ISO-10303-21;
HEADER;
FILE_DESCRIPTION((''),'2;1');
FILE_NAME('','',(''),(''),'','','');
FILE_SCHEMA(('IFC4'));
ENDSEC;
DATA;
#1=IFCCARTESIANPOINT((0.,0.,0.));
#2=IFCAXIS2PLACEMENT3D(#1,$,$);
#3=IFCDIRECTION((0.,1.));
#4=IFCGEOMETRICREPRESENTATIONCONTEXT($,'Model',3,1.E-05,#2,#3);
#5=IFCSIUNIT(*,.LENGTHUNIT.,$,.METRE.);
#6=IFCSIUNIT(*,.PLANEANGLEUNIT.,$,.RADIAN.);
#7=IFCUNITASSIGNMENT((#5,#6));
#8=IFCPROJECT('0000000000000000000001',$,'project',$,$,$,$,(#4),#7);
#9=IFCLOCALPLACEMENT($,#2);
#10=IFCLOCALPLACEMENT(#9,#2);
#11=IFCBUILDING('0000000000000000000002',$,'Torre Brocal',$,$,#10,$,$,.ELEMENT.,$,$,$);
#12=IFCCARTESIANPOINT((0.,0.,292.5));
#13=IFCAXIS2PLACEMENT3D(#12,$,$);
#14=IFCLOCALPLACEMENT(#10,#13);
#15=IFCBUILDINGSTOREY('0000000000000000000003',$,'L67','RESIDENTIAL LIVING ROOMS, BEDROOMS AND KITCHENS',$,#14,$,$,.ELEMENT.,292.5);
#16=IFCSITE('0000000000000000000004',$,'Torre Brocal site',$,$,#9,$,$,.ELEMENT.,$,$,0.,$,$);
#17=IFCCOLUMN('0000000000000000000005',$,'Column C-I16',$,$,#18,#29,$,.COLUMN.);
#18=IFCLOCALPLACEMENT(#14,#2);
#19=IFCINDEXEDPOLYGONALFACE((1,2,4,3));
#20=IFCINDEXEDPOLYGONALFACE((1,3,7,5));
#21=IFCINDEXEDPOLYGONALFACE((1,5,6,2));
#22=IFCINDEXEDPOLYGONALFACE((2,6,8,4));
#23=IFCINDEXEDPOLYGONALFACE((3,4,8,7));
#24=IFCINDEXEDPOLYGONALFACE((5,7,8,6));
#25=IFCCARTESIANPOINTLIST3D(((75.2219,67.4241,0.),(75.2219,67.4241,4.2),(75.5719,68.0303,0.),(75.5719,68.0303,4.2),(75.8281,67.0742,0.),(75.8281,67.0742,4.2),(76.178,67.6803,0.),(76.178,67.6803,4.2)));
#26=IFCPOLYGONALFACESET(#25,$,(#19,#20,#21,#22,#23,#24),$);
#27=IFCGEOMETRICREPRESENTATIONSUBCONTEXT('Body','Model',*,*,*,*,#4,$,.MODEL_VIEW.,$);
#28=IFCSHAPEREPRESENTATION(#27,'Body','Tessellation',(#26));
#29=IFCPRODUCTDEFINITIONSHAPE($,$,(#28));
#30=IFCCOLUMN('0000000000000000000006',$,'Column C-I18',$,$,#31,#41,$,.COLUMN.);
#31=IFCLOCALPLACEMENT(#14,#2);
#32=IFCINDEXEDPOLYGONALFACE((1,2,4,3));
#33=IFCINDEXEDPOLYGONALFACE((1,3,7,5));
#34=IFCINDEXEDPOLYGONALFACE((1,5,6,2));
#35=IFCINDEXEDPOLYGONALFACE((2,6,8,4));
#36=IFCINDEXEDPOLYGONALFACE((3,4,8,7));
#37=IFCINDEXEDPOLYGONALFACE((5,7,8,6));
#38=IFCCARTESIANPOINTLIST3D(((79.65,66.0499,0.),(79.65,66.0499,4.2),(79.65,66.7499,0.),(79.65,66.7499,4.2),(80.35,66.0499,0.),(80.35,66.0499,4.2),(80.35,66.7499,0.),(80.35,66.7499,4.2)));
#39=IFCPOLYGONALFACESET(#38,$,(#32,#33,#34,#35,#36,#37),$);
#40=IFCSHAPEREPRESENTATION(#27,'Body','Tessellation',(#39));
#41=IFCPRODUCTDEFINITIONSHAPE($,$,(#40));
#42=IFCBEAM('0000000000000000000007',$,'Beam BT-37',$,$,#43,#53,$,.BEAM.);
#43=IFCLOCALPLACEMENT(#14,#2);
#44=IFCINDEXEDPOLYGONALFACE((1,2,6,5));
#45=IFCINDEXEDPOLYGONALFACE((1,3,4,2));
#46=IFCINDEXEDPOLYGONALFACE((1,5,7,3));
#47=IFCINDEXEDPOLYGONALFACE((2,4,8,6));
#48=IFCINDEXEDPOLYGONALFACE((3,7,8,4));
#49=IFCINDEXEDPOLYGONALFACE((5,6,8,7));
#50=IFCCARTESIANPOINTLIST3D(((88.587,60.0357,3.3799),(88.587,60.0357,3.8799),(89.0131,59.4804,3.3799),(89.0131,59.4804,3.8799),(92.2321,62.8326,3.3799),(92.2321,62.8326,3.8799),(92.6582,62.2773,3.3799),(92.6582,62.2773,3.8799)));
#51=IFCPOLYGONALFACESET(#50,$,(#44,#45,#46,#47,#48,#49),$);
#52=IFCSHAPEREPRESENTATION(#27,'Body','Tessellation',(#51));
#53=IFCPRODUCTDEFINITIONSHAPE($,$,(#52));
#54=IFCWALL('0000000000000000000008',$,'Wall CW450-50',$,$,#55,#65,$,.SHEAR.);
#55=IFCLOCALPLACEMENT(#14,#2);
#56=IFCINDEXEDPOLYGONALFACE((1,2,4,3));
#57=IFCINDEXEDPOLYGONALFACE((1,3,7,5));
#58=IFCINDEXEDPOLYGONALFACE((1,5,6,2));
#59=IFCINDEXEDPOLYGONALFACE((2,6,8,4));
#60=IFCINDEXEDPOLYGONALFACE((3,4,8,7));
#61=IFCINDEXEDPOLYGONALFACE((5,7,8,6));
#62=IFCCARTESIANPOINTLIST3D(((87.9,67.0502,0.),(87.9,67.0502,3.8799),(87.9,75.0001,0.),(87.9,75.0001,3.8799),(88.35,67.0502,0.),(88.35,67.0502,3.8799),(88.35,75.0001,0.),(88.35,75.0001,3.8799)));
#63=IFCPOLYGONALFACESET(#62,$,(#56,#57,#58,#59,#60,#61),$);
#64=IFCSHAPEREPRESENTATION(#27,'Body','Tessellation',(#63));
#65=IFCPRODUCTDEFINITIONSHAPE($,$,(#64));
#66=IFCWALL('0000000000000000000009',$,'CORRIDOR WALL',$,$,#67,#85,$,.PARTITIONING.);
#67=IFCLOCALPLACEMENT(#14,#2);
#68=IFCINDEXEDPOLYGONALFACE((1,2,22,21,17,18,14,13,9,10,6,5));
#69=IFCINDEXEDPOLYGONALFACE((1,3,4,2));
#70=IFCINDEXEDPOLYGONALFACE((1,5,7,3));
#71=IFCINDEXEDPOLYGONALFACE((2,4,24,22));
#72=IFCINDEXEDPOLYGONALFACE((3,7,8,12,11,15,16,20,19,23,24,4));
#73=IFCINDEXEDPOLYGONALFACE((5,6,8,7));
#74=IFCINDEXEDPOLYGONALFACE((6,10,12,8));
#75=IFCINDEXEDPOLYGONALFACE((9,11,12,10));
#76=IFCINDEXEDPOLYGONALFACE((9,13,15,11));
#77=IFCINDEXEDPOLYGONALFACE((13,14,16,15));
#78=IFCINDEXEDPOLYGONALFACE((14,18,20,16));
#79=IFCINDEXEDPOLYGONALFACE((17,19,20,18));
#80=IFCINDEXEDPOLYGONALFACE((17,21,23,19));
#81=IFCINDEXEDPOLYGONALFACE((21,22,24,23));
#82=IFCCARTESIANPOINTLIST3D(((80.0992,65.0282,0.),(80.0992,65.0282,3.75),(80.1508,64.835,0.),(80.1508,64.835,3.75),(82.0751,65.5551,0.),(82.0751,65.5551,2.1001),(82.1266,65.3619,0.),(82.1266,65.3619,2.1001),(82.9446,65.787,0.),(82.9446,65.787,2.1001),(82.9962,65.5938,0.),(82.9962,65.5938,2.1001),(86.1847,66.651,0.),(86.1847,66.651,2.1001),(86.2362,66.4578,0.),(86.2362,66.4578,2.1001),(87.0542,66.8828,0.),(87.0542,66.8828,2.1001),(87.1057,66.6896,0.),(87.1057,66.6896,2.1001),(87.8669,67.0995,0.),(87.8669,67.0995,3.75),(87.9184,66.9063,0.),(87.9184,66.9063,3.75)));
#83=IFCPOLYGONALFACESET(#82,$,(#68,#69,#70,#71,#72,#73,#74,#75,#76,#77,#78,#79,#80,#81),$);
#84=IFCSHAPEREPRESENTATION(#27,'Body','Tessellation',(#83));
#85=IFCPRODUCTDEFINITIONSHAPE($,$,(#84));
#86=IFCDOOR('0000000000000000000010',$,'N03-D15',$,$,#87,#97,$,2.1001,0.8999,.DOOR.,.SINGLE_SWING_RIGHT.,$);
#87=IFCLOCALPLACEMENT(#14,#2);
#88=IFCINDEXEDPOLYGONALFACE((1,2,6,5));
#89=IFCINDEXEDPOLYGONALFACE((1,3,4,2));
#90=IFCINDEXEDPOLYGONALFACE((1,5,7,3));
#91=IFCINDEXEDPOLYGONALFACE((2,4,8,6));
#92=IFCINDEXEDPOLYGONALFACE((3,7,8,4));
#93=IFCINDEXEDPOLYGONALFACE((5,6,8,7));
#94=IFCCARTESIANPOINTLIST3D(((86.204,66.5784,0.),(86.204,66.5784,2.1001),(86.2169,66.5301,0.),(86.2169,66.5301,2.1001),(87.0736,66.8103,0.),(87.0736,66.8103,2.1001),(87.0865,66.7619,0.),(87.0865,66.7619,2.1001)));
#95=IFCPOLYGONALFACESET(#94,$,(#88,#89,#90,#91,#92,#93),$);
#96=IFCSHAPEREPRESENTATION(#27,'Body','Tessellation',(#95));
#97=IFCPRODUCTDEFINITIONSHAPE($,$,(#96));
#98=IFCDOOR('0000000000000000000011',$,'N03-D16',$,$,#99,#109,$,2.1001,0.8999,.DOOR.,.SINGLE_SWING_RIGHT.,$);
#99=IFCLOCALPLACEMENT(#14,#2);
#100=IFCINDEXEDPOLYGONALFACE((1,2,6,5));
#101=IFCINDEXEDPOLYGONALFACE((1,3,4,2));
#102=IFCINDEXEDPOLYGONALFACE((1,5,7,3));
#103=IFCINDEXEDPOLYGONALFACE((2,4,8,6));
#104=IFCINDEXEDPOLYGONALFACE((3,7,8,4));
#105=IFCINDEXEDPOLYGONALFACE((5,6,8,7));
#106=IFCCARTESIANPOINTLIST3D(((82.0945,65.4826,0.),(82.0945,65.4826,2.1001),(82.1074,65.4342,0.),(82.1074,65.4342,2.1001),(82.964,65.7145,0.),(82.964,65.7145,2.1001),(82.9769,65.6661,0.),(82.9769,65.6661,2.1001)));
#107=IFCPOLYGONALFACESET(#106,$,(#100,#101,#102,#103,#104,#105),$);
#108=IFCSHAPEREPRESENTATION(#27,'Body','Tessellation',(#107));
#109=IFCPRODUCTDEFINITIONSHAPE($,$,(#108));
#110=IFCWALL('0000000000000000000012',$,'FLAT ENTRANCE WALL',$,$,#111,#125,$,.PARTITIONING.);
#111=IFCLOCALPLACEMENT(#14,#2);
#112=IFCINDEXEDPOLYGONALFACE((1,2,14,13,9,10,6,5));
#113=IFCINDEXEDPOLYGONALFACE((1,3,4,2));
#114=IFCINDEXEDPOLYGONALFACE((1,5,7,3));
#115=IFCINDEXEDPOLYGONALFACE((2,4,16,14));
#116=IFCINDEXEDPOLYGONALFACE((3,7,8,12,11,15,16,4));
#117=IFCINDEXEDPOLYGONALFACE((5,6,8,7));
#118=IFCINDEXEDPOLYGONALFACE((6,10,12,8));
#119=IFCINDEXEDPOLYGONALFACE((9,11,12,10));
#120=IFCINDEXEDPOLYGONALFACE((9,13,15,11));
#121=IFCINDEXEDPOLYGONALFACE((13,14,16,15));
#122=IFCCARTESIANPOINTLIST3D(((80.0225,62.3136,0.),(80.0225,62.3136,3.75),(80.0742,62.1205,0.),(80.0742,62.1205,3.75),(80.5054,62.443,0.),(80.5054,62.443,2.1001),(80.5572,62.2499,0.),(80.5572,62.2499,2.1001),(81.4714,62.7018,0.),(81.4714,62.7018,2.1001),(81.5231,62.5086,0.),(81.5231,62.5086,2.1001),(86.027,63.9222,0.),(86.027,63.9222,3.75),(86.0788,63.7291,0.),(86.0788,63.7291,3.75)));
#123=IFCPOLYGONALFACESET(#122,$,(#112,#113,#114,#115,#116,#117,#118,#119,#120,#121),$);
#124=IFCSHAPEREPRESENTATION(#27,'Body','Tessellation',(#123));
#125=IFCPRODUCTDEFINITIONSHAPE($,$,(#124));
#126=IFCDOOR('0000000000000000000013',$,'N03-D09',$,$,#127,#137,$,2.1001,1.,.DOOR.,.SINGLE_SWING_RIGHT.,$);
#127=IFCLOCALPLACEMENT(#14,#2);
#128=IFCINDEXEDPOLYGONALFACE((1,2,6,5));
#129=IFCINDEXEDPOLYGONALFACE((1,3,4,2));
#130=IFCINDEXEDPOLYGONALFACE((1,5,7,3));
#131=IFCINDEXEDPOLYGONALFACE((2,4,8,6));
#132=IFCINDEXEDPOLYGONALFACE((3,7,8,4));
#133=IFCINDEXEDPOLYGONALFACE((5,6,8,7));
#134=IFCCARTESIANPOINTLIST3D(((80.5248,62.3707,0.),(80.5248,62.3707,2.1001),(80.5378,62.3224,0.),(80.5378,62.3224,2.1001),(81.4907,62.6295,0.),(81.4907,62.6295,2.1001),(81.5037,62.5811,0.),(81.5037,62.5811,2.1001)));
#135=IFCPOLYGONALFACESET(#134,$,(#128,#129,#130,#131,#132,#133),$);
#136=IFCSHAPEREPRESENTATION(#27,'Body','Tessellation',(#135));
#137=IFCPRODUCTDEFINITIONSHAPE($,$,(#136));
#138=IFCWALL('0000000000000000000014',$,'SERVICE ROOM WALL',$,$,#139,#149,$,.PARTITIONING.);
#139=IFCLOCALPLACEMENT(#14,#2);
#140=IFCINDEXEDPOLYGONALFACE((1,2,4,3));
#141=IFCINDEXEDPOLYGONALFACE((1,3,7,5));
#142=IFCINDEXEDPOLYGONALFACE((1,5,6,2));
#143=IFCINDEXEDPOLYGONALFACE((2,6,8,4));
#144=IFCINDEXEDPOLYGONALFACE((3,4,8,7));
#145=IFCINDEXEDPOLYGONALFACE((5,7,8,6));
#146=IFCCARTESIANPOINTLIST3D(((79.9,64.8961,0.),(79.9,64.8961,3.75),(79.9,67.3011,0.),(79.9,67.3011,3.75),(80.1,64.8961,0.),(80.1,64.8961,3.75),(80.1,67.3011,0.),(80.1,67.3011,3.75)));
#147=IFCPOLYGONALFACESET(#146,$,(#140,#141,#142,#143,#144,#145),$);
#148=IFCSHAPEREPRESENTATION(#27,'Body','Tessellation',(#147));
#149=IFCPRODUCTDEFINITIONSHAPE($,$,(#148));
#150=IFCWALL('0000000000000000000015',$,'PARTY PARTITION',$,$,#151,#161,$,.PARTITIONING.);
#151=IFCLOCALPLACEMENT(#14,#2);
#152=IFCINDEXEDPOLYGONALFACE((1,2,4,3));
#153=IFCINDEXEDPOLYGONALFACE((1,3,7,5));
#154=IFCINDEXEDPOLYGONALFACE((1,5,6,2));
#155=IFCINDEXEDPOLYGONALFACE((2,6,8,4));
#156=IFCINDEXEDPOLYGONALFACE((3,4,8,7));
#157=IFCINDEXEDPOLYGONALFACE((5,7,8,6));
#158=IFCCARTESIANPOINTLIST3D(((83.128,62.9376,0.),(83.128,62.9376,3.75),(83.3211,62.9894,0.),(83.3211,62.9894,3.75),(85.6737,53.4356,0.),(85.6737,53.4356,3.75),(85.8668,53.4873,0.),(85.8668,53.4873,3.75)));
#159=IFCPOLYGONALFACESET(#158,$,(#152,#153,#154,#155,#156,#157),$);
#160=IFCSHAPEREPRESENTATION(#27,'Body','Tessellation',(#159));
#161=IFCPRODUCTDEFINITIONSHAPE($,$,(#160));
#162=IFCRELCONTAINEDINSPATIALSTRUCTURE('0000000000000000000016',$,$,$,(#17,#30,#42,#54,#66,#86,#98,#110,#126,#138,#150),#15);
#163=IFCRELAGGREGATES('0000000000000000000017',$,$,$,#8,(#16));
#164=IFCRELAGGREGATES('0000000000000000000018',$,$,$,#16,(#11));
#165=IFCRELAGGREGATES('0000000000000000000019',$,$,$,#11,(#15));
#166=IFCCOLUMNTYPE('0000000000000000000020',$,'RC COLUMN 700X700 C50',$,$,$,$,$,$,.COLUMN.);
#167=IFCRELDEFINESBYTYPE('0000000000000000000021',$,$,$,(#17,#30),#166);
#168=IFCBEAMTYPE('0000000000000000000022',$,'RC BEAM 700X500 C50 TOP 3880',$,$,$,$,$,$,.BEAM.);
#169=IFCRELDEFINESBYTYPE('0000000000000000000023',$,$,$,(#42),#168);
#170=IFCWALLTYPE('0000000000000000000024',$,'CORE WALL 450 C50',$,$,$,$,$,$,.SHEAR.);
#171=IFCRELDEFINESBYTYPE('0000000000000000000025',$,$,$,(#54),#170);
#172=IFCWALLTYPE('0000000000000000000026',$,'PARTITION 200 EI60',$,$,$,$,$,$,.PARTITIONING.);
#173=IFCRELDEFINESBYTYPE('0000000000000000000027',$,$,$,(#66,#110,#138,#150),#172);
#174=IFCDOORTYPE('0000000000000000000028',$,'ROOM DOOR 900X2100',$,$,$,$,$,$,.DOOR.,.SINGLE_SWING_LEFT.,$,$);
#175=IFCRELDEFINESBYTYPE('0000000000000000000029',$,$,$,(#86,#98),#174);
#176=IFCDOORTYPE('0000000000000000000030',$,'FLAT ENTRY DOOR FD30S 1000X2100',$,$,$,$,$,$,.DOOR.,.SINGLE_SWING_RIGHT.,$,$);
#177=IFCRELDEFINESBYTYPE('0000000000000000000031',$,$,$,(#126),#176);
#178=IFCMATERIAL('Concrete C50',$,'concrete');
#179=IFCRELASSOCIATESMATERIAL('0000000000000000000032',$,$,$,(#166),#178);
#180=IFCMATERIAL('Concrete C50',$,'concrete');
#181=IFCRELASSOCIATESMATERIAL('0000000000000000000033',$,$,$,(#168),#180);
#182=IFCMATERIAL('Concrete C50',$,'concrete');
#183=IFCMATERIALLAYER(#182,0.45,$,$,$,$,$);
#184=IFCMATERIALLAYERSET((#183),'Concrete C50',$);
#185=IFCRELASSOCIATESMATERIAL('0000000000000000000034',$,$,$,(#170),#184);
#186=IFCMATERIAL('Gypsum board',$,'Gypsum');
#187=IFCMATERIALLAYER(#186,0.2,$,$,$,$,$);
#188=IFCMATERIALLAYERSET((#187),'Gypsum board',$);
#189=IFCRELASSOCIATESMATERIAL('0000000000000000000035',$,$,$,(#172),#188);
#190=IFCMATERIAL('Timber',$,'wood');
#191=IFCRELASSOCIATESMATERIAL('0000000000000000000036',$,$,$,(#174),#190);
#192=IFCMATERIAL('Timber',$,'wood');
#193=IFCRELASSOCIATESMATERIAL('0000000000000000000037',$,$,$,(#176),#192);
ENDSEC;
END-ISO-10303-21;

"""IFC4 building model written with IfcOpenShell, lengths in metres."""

from ifc_helpers import new_model, si_unit, direction, frame, frame_2d, origin, origin_2d, place, context, subcontext, project, spatial, rectangle, extrude, material, layer, layer_set, material_profile, profile_set, type_object, element, fill, save


model = new_model("IFC4")

# Units and contexts
model_context = context("Model", 3, precision=1e-05, world=origin(), true_north=direction((0.0, 1.0)))
body_context = subcontext(model_context, "Body", "Model", "MODEL_VIEW")
ifc_project = project(units=[si_unit("LENGTHUNIT", "METRE"), si_unit("PLANEANGLEUNIT", "RADIAN")], contexts=[model_context])

# Site, building, storey
site_placement = place(None, origin())
site = spatial("IfcSite", under=ifc_project, at=site_placement, Name="Torre Brocal site", CompositionType="ELEMENT", RefElevation=0.0)
building_placement = place(site_placement, origin())
building = spatial("IfcBuilding", under=site, at=building_placement, Name="Torre Brocal", CompositionType="ELEMENT")
storey_placement = place(building_placement, frame((0.0, 0.0, 292.5)))
storey = spatial("IfcBuildingStorey", under=building, at=storey_placement, Name="L67", Description="RESIDENTIAL LIVING ROOMS, BEDROOMS AND KITCHENS", CompositionType="ELEMENT", Elevation=292.5)

# Columns
ifc_material_1 = material(Name="Concrete C50", Category="concrete")
ifc_material_profile_1 = material_profile(ifc_material_1, rectangle(XDim=0.7, YDim=0.7, at=origin_2d()), Name="RC 700X700")
ifc_profile_set_1 = profile_set([ifc_material_profile_1], Name="Concrete C50")
column_type = type_object("IfcColumnType", Name="RC COLUMN 700X700 C50", PredefinedType="COLUMN", material=ifc_profile_set_1)
for number, where, z_axis, x_axis, name in (
    (1, (75.7, 67.5522, 0.0), (0.0, 0.0, 1.0), (-0.5, -0.866025, 0.0), "Column C-I16"),
    (2, (80.0, 66.3999, 0.0), (0.0, 0.0, 1.0), (0.0, -1.0, 0.0), "Column C-I18"),
):
    element("IfcColumn", number, at=place(storey_placement, frame(where, z_axis=z_axis, x_axis=x_axis)), inside=storey, type_object=column_type, Name=name, PredefinedType="COLUMN", context=body_context, shape_type="SweptSolid", body=[
        extrude(rectangle(XDim=0.7, YDim=0.7, at=origin_2d()), origin(), (0.0, 0.0, 1.0), 4.2),
    ])

# Beam
ifc_material_2 = material(Name="Concrete C50", Category="concrete")
ifc_material_profile_2 = material_profile(ifc_material_2, rectangle(XDim=0.7, YDim=0.5, at=origin_2d()), Name="RC 700X500")
ifc_profile_set_2 = profile_set([ifc_material_profile_2], Name="Concrete C50")
beam_type = type_object("IfcBeamType", Name="RC BEAM 700X500 C50 TOP 3880", PredefinedType="BEAM", material=ifc_profile_set_2)
beam_placement = place(storey_placement, frame((88.8, 59.7581, 3.6299), z_axis=(0.793358, 0.608755, 0.0), x_axis=(-0.608755, 0.793358, 0.0)))
element("IfcBeam", 3, at=beam_placement, inside=storey, type_object=beam_type, Name="Beam BT-37", PredefinedType="BEAM", context=body_context, shape_type="SweptSolid", body=[
    extrude(rectangle(XDim=0.7, YDim=0.5, at=origin_2d()), origin(), (0.0, 0.0, 1.0), 4.5945),
])

# Shared definitions
ifc_material_3 = material(Name="Concrete C50", Category="concrete")
ifc_layer_1 = layer(ifc_material_3, 0.45)
ifc_layer_set_1 = layer_set([ifc_layer_1], Name="Concrete C50")
wall_type_1 = type_object("IfcWallType", Name="CORE WALL 450 C50", PredefinedType="SHEAR", material=ifc_layer_set_1)

# Wall
wall_1_placement = place(storey_placement, frame((88.125, 67.05, 0.0), z_axis=(0.0, 0.0, 1.0), x_axis=(0.0, 1.0, 0.0)))
element("IfcWall", 4, at=wall_1_placement, inside=storey, type_object=wall_type_1, Name="Wall CW450-50", PredefinedType="SHEAR", context=body_context, shape_type="SweptSolid", body=[
    extrude(rectangle(XDim=7.95, YDim=0.45, at=frame_2d((3.9751, 0.0))), origin(), (0.0, 0.0, 1.0), 3.8799),
])

# Wall, openings, doors
ifc_material_4 = material(Name="Gypsum board", Category="Gypsum")
ifc_layer_2 = layer(ifc_material_4, 0.2)
ifc_layer_set_2 = layer_set([ifc_layer_2], Name="Gypsum board")
wall_type_2 = type_object("IfcWallType", Name="PARTITION 200 EI60", PredefinedType="PARTITIONING", material=ifc_layer_set_2)
wall_2_placement = place(storey_placement, frame((80.125, 64.9316, 0.0), z_axis=(0.0, 0.0, 1.0), x_axis=(0.966237, 0.257655, 0.0)))
wall_2 = element("IfcWall", 5, at=wall_2_placement, inside=storey, type_object=wall_type_2, Name="CORRIDOR WALL", PredefinedType="PARTITIONING", context=body_context, shape_type="SweptSolid", body=[
    extrude(rectangle(XDim=8.0391, YDim=0.2, at=frame_2d((4.0195, 0.0))), origin(), (0.0, 0.0, 1.0), 3.75),
])
opening_1_placement = place(wall_2_placement, frame((6.2981, 0.0, 0.0)))
opening_1 = element("IfcOpeningElement", 6, at=opening_1_placement, cuts=wall_2, PredefinedType="OPENING", context=body_context, shape_type="SweptSolid", body=[
    extrude(rectangle(XDim=0.8999, YDim=2.1001, at=frame_2d((0.45, 1.05))), frame((0.0, 0.1099, 0.0), z_axis=(0.0, -1.0, 0.0), x_axis=(1.0, 0.0, 0.0)), (0.0, 0.0, 1.0), 0.22),
])
opening_2_placement = place(wall_2_placement, frame((2.0449, 0.0, 0.0)))
opening_2 = element("IfcOpeningElement", 7, at=opening_2_placement, cuts=wall_2, PredefinedType="OPENING", context=body_context, shape_type="SweptSolid", body=[
    extrude(rectangle(XDim=0.8999, YDim=2.1001, at=frame_2d((0.45, 1.05))), frame((0.0, 0.1099, 0.0), z_axis=(0.0, -1.0, 0.0), x_axis=(1.0, 0.0, 0.0)), (0.0, 0.0, 1.0), 0.22),
])
ifc_material_5 = material(Name="Timber", Category="wood")
door_type_1 = type_object("IfcDoorType", Name="ROOM DOOR 900X2100", OperationType="SINGLE_SWING_LEFT", PredefinedType="DOOR", material=ifc_material_5)
door_1_placement = place(opening_1_placement, origin())
door_1 = element("IfcDoor", 8, at=door_1_placement, inside=storey, type_object=door_type_1, Name="N03-D15", OperationType="SINGLE_SWING_RIGHT", OverallHeight=2.1001, OverallWidth=0.8999, PredefinedType="DOOR", context=body_context, shape_type="SweptSolid", body=[
    extrude(rectangle(XDim=0.8999, YDim=2.1001, at=frame_2d((0.45, 1.05))), frame((0.0, 0.0249, 0.0), z_axis=(0.0, -1.0, 0.0), x_axis=(1.0, 0.0, 0.0)), (0.0, 0.0, 1.0), 0.05),
])
fill(opening_1, door_1)
door_2_placement = place(opening_2_placement, origin())
door_2 = element("IfcDoor", 9, at=door_2_placement, inside=storey, type_object=door_type_1, Name="N03-D16", OperationType="SINGLE_SWING_RIGHT", OverallHeight=2.1001, OverallWidth=0.8999, PredefinedType="DOOR", context=body_context, shape_type="SweptSolid", body=[
    extrude(rectangle(XDim=0.8999, YDim=2.1001, at=frame_2d((0.45, 1.05))), frame((0.0, 0.0249, 0.0), z_axis=(0.0, -1.0, 0.0), x_axis=(1.0, 0.0, 0.0)), (0.0, 0.0, 1.0), 0.05),
])
fill(opening_2, door_2)

# Wall, opening, door
wall_3_placement = place(storey_placement, frame((80.0483, 62.217, 0.0), z_axis=(0.0, 0.0, 1.0), x_axis=(0.965938, 0.258775, 0.0)))
wall_3 = element("IfcWall", 10, at=wall_3_placement, inside=storey, type_object=wall_type_2, Name="FLAT ENTRANCE WALL", PredefinedType="PARTITIONING", context=body_context, shape_type="SweptSolid", body=[
    extrude(rectangle(XDim=6.2163, YDim=0.2, at=frame_2d((3.1082, 0.0))), origin(), (0.0, 0.0, 1.0), 3.75),
])
opening_3_placement = place(wall_3_placement, frame((0.5, 0.0, 0.0)))
opening_3 = element("IfcOpeningElement", 11, at=opening_3_placement, cuts=wall_3, PredefinedType="OPENING", context=body_context, shape_type="SweptSolid", body=[
    extrude(rectangle(XDim=1.0, YDim=2.1001, at=frame_2d((0.5, 1.05))), frame((0.0, 0.1099, 0.0), z_axis=(0.0, -1.0, 0.0), x_axis=(1.0, 0.0, 0.0)), (0.0, 0.0, 1.0), 0.22),
])
ifc_material_6 = material(Name="Timber", Category="wood")
door_type_2 = type_object("IfcDoorType", Name="FLAT ENTRY DOOR FD30S 1000X2100", OperationType="SINGLE_SWING_RIGHT", PredefinedType="DOOR", material=ifc_material_6)
door_3_placement = place(opening_3_placement, frame((1.0, 0.0, 0.0), z_axis=(0.0, 0.0, 1.0), x_axis=(-1.0, 0.0, 0.0)))
door_3 = element("IfcDoor", 12, at=door_3_placement, inside=storey, type_object=door_type_2, Name="N03-D09", OperationType="SINGLE_SWING_RIGHT", OverallHeight=2.1001, OverallWidth=1.0, PredefinedType="DOOR", context=body_context, shape_type="SweptSolid", body=[
    extrude(rectangle(XDim=1.0, YDim=2.1001, at=frame_2d((0.5, 1.05))), frame((0.0, 0.0249, 0.0), z_axis=(0.0, -1.0, 0.0), x_axis=(1.0, 0.0, 0.0)), (0.0, 0.0, 1.0), 0.05),
])
fill(opening_3, door_3)

# Walls
wall_4_placement = place(storey_placement, frame((80.0, 64.896, 0.0), z_axis=(0.0, 0.0, 1.0), x_axis=(0.0, 1.0, 0.0)))
element("IfcWall", 13, at=wall_4_placement, inside=storey, type_object=wall_type_2, Name="SERVICE ROOM WALL", PredefinedType="PARTITIONING", context=body_context, shape_type="SweptSolid", body=[
    extrude(rectangle(XDim=2.405, YDim=0.2, at=frame_2d((1.2026, 0.0))), origin(), (0.0, 0.0, 1.0), 3.75),
])
wall_5_placement = place(storey_placement, frame((83.2246, 62.9634, 0.0), z_axis=(0.0, 0.0, 1.0), x_axis=(0.258782, -0.965936, 0.0)))
element("IfcWall", 14, at=wall_5_placement, inside=storey, type_object=wall_type_2, Name="PARTY PARTITION", PredefinedType="PARTITIONING", context=body_context, shape_type="SweptSolid", body=[
    extrude(rectangle(XDim=9.8372, YDim=0.2, at=frame_2d((4.9185, 0.0))), origin(), (0.0, 0.0, 1.0), 3.75),
])

save(model, "model.ifc")
